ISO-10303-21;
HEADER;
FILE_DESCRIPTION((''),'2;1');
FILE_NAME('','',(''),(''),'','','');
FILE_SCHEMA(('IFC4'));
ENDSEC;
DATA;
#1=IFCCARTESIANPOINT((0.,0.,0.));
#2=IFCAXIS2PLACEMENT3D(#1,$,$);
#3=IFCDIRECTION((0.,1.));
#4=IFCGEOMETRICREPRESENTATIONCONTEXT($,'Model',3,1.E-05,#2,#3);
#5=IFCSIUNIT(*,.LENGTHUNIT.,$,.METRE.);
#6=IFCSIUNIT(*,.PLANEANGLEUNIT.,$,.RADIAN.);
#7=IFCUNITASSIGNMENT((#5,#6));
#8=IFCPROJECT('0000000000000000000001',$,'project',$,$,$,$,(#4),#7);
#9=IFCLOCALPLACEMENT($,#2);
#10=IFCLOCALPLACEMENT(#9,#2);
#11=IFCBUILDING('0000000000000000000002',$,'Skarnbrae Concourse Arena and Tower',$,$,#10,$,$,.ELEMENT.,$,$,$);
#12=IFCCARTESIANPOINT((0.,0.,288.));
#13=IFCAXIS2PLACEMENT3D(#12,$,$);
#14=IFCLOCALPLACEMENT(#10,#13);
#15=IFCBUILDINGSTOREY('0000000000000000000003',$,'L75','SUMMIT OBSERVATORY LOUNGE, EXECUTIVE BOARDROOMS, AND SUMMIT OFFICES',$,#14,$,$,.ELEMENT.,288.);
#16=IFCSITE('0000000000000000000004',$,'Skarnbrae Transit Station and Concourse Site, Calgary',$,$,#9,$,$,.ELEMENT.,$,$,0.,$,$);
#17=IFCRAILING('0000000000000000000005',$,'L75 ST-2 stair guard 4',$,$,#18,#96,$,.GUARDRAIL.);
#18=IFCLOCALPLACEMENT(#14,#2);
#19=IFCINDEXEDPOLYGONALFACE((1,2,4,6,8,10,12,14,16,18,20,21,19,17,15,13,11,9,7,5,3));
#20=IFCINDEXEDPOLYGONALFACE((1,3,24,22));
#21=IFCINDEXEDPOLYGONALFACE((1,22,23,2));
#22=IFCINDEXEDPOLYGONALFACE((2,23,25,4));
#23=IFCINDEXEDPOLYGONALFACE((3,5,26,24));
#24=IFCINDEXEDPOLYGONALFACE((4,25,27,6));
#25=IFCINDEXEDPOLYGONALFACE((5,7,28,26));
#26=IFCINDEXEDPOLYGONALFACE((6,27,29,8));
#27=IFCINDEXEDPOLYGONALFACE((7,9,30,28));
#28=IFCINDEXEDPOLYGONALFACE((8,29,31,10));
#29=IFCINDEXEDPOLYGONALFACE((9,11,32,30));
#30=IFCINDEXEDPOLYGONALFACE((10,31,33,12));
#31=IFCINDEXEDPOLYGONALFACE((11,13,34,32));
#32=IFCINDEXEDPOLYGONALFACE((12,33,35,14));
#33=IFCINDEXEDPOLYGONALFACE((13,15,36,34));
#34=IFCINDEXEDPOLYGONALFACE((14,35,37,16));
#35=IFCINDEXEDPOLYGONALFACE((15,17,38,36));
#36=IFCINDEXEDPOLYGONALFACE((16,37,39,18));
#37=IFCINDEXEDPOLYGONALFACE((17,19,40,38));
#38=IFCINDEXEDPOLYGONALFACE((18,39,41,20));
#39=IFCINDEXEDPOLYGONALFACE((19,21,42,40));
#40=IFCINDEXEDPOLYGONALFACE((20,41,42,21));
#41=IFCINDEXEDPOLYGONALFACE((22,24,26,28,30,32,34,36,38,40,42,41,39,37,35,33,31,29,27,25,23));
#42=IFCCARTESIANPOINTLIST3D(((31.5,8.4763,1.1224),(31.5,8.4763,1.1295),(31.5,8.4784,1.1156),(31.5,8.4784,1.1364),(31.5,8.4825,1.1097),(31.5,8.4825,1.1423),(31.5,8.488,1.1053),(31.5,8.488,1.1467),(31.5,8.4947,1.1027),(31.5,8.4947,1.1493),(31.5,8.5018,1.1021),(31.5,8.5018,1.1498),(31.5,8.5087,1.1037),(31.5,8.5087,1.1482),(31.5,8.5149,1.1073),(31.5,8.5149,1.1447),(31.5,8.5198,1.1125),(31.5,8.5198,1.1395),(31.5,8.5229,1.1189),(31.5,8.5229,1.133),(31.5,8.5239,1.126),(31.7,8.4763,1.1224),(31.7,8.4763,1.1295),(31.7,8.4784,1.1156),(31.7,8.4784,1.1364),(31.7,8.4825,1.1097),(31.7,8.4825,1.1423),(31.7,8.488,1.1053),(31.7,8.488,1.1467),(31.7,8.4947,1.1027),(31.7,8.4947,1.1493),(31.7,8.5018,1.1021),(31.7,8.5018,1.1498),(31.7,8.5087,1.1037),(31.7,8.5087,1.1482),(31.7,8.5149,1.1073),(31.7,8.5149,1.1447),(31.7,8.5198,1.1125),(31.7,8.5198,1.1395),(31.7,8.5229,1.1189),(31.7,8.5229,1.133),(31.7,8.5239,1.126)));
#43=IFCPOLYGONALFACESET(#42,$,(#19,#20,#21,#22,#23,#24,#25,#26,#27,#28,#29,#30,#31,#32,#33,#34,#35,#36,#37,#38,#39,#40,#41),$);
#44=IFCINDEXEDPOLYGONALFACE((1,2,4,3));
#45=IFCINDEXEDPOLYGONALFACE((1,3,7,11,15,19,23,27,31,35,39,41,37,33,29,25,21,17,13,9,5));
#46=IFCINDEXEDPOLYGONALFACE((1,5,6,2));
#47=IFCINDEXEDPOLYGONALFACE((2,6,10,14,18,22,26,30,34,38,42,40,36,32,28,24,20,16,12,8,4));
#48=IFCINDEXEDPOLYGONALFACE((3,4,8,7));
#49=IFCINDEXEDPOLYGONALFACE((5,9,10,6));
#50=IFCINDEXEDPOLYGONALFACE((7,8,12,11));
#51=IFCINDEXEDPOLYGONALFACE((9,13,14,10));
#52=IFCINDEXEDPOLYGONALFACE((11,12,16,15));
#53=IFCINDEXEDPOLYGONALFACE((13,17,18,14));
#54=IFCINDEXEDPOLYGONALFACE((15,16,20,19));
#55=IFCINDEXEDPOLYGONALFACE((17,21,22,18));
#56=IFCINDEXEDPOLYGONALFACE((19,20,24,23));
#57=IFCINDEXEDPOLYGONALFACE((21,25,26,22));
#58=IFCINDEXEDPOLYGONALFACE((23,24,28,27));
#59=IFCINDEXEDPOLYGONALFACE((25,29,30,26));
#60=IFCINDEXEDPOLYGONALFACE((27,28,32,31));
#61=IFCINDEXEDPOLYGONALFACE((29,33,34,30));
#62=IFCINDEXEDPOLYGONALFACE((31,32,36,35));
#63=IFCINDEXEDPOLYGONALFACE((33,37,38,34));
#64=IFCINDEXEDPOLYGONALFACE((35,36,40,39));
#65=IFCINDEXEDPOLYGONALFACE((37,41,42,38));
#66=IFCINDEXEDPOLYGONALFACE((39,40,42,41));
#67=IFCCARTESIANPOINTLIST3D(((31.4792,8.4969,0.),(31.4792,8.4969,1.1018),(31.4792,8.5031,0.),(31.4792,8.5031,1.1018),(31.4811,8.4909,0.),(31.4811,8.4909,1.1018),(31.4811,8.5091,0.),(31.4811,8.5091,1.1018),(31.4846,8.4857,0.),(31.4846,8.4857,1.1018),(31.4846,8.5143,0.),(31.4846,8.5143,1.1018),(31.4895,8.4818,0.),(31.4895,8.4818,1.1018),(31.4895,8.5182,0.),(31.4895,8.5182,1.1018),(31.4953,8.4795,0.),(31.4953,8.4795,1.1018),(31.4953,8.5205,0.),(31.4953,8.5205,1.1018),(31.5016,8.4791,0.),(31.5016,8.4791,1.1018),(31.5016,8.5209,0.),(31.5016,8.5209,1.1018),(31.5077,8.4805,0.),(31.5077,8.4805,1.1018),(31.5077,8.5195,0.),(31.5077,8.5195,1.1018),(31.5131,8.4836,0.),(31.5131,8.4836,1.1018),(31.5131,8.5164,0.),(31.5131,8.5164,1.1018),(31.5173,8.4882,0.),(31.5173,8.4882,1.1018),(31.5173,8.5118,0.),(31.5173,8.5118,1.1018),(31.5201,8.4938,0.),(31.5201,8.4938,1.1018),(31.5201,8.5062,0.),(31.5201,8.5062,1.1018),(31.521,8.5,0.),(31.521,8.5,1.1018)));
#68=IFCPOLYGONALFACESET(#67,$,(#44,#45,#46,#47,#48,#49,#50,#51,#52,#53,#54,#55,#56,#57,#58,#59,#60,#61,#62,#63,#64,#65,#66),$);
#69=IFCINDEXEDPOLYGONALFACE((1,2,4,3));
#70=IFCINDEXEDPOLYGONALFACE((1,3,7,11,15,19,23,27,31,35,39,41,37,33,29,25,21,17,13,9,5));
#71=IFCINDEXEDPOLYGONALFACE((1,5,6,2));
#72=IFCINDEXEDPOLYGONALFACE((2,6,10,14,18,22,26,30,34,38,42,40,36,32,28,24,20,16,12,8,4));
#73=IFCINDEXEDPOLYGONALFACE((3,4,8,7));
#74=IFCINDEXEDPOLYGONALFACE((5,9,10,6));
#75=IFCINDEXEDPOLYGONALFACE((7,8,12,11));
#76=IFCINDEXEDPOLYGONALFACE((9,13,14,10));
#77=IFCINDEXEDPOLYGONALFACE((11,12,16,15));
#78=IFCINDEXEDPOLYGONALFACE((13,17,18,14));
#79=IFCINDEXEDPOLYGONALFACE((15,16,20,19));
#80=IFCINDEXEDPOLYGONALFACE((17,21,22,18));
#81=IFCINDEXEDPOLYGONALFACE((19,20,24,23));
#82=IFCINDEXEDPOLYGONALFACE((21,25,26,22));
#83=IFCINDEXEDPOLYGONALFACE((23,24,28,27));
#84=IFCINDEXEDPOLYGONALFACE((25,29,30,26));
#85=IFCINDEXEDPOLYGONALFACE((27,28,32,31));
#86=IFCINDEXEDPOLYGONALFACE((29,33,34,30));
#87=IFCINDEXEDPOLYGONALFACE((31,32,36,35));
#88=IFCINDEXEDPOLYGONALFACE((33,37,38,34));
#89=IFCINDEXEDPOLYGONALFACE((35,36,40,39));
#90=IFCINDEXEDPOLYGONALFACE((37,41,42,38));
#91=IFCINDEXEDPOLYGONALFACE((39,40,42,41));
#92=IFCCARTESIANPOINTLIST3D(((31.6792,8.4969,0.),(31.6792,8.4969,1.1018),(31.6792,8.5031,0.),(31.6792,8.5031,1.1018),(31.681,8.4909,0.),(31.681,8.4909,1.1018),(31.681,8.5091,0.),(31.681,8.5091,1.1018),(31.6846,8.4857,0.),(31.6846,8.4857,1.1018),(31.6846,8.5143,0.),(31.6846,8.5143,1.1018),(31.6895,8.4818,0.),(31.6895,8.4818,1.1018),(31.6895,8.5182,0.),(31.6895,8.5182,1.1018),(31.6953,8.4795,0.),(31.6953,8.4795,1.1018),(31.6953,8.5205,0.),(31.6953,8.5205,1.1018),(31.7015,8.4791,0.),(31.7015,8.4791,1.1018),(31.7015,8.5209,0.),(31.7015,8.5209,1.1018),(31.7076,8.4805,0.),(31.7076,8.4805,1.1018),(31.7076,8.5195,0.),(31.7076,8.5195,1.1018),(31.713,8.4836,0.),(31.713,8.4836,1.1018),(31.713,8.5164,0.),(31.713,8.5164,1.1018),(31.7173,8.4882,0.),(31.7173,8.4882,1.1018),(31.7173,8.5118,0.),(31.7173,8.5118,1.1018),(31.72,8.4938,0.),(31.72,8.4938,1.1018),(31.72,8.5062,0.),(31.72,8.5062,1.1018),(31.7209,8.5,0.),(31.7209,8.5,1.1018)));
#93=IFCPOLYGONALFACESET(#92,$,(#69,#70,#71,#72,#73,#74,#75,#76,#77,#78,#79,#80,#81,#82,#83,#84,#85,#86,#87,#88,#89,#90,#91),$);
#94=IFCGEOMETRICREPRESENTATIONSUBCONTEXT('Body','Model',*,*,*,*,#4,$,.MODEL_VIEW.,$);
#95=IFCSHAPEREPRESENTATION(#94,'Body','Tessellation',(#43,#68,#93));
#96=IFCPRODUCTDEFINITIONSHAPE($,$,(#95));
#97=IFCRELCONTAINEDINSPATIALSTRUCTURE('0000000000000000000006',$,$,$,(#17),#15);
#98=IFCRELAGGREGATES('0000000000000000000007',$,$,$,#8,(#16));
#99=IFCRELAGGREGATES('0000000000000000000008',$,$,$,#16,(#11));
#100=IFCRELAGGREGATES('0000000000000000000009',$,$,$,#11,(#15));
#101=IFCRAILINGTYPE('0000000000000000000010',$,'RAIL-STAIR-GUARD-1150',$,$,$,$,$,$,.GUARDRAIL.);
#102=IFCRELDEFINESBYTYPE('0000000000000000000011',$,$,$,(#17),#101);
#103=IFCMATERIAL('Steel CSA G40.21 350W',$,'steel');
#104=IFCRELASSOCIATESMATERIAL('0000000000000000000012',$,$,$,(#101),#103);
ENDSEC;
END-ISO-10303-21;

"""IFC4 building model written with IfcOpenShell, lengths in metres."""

from ifc_helpers import new_model, si_unit, direction, frame, origin, origin_2d, place, context, subcontext, project, spatial, circle, extrude, material, type_object, element, save


model = new_model("IFC4")

# Units and contexts
model_context = context("Model", 3, precision=1e-05, world=origin(), true_north=direction((0.0, 1.0)))
body_context = subcontext(model_context, "Body", "Model", "MODEL_VIEW")
ifc_project = project(units=[si_unit("LENGTHUNIT", "METRE"), si_unit("PLANEANGLEUNIT", "RADIAN")], contexts=[model_context])

# Site, building, storey
site_placement = place(None, origin())
site = spatial("IfcSite", under=ifc_project, at=site_placement, Name="Skarnbrae Transit Station and Concourse Site, Calgary", CompositionType="ELEMENT", RefElevation=0.0)
building_placement = place(site_placement, origin())
building = spatial("IfcBuilding", under=site, at=building_placement, Name="Skarnbrae Concourse Arena and Tower", CompositionType="ELEMENT")
storey_placement = place(building_placement, frame((0.0, 0.0, 288.0)))
storey = spatial("IfcBuildingStorey", under=building, at=storey_placement, Name="L75", Description="SUMMIT OBSERVATORY LOUNGE, EXECUTIVE BOARDROOMS, AND SUMMIT OFFICES", CompositionType="ELEMENT", Elevation=288.0)

# Shared definitions
ifc_material_1 = material(Name="Steel CSA G40.21 350W", Category="steel")

# Railing
railing_type = type_object("IfcRailingType", Name="RAIL-STAIR-GUARD-1150", PredefinedType="GUARDRAIL", material=ifc_material_1)
railing_placement = place(storey_placement, frame((31.5, 8.5, 0.0)))
element("IfcRailing", 1, at=railing_placement, inside=storey, type_object=railing_type, Name="L75 ST-2 stair guard 4", PredefinedType="GUARDRAIL", context=body_context, shape_type="SweptSolid", body=[
    extrude(circle(Radius=0.0239, at=origin_2d()), frame((0.0, 0.0, 1.126), z_axis=(1.0, 0.0, 0.0), x_axis=(0.0, 1.0, 0.0)), (0.0, 0.0, 1.0), 0.2),
    extrude(circle(Radius=0.021, at=origin_2d()), origin(), (0.0, 0.0, 1.0), 1.1018),
    extrude(circle(Radius=0.021, at=origin_2d()), frame((0.2, 0.0, 0.0)), (0.0, 0.0, 1.0), 1.1018),
])

save(model, "model.ifc")
